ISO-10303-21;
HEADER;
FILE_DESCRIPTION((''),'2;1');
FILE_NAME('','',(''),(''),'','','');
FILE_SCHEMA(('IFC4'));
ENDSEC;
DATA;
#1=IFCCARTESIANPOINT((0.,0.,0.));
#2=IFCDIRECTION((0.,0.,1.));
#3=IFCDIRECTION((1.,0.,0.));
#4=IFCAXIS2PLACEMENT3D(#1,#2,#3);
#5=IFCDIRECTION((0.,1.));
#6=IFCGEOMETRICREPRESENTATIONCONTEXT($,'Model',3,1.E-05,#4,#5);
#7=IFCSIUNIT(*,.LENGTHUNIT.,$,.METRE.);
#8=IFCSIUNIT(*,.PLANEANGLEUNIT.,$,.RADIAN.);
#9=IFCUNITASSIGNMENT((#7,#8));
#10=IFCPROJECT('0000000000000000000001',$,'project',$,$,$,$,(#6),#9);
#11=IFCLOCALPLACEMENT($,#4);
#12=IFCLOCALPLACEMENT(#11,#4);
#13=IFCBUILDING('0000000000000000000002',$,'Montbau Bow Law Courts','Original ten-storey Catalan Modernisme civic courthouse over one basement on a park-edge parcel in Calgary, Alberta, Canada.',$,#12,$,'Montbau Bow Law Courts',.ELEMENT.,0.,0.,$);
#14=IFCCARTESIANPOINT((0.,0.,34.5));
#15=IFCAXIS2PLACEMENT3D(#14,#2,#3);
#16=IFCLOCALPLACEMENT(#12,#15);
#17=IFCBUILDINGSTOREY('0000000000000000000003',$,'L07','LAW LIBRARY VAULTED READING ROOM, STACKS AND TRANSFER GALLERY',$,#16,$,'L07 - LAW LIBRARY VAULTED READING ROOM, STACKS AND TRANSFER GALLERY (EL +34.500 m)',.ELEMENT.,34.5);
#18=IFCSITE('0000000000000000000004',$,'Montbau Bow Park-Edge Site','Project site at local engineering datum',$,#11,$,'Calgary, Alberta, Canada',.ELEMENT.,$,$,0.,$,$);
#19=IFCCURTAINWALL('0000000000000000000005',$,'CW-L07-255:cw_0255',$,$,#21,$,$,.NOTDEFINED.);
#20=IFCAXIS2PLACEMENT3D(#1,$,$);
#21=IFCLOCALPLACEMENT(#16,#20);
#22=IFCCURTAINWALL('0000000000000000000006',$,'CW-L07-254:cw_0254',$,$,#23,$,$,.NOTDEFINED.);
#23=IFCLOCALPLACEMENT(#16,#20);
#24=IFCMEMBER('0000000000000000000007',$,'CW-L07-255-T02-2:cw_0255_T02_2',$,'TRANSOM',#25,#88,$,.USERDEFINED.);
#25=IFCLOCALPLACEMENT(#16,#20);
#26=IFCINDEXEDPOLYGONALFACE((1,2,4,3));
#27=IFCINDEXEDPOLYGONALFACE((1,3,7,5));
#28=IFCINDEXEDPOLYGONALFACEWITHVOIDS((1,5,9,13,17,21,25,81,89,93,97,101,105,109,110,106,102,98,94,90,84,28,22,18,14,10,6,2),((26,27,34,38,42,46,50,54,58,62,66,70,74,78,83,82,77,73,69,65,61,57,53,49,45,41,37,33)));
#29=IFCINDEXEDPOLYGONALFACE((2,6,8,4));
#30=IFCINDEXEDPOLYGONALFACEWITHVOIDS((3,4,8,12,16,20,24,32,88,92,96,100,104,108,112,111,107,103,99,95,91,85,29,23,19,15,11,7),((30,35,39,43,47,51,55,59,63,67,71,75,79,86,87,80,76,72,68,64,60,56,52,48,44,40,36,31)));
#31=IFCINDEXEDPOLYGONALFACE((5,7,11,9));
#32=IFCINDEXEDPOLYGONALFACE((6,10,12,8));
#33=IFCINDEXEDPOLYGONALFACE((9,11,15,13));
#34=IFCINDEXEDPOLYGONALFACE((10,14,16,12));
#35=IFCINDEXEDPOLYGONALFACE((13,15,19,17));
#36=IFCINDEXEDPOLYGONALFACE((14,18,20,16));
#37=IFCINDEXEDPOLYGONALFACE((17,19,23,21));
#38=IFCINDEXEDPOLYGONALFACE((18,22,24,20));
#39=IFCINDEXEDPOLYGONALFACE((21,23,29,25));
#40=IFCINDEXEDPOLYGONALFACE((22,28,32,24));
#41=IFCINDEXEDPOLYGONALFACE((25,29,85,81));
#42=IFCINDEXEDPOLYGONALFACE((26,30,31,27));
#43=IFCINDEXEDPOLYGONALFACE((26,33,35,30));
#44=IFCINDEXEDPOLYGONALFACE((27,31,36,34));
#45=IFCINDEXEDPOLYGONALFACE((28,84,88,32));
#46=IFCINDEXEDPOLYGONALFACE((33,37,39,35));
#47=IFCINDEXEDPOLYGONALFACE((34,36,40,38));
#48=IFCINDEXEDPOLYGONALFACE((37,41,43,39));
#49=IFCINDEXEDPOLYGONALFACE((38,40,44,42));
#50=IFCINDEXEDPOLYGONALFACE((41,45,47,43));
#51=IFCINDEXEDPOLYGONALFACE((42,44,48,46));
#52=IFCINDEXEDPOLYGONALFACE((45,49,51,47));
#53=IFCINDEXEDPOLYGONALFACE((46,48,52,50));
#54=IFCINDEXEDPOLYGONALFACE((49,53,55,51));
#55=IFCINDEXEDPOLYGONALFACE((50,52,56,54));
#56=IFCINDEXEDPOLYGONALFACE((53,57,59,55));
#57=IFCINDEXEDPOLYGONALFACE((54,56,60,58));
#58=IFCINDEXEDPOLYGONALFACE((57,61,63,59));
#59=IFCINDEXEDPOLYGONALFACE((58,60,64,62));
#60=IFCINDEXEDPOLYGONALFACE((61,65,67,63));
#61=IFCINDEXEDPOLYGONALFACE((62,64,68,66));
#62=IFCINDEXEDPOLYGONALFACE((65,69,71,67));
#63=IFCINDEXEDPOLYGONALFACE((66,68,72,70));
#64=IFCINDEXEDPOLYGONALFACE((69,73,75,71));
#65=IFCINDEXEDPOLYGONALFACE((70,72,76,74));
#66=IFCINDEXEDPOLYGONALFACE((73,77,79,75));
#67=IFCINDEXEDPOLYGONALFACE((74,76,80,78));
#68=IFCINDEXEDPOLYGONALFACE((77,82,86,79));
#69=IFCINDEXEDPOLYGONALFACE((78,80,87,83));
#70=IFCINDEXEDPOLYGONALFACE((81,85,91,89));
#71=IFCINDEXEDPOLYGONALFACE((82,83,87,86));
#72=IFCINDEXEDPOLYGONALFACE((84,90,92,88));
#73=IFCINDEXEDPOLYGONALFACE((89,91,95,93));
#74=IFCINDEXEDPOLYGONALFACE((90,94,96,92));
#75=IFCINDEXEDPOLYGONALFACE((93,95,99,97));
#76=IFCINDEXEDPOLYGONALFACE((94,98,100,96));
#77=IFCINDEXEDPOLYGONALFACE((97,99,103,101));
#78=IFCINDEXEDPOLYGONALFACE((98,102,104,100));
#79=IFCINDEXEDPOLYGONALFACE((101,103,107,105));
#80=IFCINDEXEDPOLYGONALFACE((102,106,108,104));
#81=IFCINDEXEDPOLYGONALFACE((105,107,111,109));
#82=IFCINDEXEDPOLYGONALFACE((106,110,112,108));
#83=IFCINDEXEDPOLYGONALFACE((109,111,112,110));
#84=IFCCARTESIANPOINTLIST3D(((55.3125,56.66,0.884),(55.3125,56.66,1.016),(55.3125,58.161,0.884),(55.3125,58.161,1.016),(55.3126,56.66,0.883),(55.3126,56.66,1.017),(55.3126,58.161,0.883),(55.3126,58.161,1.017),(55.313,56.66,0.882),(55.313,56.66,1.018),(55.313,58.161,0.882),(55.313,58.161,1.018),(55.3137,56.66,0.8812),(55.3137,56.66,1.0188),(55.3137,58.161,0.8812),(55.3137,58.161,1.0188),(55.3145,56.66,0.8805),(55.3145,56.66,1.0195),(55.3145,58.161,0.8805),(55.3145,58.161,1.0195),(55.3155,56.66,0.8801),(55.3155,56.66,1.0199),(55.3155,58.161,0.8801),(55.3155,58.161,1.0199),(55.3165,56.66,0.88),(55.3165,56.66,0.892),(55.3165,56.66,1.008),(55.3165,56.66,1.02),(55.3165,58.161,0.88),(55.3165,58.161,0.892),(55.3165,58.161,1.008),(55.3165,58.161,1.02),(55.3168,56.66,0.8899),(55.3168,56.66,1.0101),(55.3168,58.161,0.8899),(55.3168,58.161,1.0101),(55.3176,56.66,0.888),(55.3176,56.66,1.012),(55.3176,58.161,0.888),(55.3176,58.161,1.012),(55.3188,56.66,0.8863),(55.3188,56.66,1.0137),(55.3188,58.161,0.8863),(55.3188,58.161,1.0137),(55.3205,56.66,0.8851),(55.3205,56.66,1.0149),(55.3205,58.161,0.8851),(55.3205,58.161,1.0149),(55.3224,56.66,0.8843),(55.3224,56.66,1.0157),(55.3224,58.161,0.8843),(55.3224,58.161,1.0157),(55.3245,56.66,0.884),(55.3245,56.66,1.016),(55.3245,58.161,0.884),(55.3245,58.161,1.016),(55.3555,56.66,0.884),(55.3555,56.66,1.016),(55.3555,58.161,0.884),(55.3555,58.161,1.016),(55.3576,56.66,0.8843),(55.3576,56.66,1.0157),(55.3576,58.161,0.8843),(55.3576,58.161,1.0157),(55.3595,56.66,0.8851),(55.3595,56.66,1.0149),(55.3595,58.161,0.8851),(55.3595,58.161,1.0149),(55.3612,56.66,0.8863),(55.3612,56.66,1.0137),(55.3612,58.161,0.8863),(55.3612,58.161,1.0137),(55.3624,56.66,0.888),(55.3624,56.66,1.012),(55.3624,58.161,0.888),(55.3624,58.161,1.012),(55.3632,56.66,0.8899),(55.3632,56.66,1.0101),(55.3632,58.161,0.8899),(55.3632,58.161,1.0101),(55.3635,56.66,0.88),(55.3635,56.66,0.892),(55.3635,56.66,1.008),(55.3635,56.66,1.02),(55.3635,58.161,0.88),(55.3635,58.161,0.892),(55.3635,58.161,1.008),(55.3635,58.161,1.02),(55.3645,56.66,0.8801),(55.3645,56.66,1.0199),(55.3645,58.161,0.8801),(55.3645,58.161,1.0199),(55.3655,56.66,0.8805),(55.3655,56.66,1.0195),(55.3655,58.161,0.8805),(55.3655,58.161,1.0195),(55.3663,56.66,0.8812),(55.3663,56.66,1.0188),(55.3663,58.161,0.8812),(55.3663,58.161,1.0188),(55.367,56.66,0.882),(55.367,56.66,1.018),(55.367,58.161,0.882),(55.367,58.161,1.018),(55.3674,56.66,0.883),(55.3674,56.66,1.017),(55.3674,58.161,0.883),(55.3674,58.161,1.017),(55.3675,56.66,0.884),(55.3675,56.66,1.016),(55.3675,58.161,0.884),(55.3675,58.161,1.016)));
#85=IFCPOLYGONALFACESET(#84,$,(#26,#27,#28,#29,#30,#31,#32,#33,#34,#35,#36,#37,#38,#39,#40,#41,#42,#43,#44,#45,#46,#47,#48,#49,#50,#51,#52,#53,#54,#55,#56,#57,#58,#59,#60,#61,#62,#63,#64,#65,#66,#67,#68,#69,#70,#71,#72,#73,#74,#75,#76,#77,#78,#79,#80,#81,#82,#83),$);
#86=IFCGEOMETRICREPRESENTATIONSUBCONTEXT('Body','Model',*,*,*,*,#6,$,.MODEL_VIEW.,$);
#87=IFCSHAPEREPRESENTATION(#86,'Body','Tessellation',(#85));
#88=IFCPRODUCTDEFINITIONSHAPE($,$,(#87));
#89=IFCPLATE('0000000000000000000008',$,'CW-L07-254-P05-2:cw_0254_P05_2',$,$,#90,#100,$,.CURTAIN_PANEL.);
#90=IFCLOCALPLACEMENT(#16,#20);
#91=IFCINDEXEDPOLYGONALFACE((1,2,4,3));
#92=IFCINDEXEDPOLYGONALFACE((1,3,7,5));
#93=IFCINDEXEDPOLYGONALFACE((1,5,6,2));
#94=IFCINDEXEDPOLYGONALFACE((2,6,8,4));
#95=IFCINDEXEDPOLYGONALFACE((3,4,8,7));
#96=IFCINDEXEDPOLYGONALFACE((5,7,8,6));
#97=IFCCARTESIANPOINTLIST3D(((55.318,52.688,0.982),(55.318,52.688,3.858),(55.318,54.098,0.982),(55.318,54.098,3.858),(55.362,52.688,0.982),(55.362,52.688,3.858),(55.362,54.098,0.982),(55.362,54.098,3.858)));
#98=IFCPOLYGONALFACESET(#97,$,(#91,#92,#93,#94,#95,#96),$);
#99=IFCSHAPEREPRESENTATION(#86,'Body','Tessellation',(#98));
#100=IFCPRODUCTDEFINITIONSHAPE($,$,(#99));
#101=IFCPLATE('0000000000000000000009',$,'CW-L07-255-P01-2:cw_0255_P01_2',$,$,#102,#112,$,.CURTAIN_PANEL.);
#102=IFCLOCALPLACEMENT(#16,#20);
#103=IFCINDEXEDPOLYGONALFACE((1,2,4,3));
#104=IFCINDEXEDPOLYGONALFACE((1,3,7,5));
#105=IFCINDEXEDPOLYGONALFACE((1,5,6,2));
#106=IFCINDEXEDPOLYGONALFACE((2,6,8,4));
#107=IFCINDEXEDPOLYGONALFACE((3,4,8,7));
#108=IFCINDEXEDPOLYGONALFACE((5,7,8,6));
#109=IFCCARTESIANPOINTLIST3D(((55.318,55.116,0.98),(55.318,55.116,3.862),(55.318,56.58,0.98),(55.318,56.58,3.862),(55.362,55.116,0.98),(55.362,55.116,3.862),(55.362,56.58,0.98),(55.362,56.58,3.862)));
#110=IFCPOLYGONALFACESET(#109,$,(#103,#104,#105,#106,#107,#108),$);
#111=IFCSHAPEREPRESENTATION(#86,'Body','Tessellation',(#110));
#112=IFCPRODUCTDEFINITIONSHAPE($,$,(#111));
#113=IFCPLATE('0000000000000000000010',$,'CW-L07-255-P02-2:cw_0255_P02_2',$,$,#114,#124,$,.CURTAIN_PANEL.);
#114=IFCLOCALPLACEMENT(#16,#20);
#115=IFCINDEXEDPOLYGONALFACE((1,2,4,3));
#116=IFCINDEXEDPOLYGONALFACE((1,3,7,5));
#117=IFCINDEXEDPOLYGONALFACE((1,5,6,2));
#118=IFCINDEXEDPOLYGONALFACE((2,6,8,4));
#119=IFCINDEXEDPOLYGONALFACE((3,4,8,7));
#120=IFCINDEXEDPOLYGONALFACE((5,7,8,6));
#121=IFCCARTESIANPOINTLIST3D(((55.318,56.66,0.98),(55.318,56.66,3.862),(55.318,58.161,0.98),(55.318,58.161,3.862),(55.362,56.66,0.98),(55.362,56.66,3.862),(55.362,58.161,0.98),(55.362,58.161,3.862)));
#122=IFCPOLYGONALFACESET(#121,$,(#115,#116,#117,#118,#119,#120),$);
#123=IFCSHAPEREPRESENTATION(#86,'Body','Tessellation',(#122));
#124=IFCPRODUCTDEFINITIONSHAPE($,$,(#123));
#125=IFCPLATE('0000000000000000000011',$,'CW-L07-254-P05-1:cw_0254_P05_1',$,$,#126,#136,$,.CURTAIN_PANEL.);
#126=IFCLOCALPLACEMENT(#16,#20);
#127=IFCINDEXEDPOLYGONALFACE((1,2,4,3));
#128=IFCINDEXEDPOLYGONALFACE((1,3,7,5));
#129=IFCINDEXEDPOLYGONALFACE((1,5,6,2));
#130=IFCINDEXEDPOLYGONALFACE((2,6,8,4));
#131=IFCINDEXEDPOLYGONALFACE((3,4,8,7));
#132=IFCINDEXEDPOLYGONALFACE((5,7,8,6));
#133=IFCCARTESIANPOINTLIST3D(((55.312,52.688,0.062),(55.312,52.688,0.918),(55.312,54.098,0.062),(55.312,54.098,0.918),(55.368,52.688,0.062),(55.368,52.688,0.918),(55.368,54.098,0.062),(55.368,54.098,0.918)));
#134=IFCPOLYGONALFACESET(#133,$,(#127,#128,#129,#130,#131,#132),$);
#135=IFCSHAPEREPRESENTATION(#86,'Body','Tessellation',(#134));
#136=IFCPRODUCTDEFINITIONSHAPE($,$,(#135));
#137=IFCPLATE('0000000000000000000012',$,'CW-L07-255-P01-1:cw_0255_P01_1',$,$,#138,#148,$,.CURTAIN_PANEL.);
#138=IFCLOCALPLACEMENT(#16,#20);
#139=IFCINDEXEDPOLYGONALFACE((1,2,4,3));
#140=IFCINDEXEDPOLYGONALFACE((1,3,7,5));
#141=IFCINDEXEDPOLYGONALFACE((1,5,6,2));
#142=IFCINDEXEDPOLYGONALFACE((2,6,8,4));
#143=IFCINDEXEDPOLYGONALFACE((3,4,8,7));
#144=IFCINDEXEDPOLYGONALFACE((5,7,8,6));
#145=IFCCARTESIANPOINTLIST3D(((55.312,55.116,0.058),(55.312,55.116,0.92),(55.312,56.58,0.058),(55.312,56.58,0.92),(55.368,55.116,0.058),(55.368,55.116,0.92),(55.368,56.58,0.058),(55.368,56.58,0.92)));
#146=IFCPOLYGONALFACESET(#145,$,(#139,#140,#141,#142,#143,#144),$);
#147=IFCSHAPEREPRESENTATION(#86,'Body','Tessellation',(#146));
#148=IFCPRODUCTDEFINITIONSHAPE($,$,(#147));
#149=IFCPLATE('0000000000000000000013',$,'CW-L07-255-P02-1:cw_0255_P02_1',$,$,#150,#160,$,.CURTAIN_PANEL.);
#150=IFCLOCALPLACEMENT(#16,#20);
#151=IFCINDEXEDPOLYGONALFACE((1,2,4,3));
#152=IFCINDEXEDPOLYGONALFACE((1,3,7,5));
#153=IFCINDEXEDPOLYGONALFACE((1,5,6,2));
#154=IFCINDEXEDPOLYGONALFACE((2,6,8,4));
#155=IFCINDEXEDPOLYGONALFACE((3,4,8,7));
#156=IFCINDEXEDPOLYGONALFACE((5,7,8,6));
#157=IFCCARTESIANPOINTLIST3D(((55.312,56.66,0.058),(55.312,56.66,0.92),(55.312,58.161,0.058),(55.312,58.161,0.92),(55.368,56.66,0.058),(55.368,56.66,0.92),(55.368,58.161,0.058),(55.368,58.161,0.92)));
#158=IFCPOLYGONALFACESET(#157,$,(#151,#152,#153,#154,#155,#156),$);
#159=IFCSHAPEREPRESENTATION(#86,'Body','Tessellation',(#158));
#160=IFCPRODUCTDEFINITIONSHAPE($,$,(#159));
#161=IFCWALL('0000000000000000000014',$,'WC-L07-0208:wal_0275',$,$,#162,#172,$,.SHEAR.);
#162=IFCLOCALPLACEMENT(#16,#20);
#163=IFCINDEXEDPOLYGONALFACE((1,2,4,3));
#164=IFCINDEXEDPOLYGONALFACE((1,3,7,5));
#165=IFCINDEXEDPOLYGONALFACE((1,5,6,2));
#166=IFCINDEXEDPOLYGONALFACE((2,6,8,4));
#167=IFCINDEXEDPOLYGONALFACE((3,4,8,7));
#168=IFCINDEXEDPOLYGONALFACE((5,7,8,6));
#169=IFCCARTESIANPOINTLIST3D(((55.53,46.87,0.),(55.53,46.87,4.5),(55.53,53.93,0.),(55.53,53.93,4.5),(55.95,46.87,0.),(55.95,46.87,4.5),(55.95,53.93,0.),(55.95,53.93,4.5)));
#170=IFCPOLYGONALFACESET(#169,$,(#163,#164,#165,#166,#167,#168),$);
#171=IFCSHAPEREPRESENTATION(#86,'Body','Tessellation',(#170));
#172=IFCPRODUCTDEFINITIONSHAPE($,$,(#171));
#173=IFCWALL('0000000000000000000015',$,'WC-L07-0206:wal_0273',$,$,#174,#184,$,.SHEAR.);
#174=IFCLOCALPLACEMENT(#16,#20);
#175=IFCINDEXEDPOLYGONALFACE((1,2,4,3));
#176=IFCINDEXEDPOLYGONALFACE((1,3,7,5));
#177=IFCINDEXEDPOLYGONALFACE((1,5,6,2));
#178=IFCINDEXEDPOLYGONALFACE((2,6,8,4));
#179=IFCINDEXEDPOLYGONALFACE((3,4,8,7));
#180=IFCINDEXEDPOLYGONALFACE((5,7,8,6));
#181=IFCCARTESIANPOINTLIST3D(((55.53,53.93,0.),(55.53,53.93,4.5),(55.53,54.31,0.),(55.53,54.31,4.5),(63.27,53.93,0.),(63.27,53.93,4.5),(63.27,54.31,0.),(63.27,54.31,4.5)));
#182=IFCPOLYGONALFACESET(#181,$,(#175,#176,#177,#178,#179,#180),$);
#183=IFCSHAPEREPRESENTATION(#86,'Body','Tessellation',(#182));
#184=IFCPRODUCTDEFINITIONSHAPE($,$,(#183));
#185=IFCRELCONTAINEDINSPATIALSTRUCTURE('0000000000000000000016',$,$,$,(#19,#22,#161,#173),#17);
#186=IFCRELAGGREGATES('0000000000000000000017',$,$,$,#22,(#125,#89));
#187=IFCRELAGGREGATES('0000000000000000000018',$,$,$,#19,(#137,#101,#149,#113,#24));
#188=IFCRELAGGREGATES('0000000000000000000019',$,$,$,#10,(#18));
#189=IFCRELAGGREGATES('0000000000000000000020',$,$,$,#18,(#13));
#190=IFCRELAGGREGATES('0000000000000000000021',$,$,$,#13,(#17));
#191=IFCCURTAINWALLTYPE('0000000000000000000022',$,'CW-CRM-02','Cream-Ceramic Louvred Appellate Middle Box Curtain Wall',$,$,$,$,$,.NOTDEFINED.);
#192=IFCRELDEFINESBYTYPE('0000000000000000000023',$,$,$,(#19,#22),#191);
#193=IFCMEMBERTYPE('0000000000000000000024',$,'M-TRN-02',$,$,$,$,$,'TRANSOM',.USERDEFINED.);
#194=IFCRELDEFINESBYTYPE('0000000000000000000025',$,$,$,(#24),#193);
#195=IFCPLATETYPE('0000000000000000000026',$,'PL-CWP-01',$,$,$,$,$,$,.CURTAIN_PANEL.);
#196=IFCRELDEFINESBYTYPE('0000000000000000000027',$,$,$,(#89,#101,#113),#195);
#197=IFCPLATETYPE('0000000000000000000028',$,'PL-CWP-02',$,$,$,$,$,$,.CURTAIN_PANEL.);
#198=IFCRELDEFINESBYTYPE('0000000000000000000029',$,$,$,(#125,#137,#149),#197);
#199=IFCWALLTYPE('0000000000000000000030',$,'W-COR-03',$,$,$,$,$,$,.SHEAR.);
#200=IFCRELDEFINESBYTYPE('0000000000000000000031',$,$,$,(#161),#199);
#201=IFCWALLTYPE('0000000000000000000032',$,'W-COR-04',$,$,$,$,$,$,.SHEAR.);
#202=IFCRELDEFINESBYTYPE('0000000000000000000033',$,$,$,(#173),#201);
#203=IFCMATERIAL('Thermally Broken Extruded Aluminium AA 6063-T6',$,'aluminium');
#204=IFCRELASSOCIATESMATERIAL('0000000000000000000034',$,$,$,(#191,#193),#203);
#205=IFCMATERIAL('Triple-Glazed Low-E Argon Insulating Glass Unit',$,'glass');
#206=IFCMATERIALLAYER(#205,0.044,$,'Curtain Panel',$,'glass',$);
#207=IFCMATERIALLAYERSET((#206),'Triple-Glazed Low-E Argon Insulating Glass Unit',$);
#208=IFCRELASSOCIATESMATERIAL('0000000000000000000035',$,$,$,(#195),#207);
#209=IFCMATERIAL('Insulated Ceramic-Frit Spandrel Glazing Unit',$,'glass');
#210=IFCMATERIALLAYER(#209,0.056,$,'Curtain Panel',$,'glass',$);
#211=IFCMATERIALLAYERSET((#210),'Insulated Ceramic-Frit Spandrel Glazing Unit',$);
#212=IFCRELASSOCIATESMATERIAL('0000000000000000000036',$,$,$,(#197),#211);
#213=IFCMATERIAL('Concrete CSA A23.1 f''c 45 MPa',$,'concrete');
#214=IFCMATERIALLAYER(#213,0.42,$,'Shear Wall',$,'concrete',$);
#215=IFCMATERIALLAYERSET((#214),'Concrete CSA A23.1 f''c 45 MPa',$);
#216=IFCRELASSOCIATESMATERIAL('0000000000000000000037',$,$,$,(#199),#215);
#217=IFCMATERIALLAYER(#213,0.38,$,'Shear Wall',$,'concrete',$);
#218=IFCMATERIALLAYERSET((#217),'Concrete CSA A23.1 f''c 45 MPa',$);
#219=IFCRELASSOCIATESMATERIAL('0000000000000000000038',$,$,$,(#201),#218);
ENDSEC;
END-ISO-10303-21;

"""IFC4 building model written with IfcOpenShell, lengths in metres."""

from ifc_helpers import new_model, si_unit, direction, frame, frame_2d, origin_with_axes, origin_2d_with_axis, place, context, subcontext, project, spatial, rectangle, hollow_rectangle, extrude, material, layer, layer_set, material_profile, profile_set, type_object, element, aggregate, save


model = new_model("IFC4")

# Units and contexts
model_context = context("Model", 3, precision=1e-05, world=origin_with_axes(), true_north=direction((0.0, 1.0)))
body_context = subcontext(model_context, "Body", "Model", "MODEL_VIEW")
ifc_project = project(units=[si_unit("LENGTHUNIT", "METRE"), si_unit("PLANEANGLEUNIT", "RADIAN")], contexts=[model_context])

# Site, building, storey
site_placement = place(None, origin_with_axes())
site = spatial("IfcSite", under=ifc_project, at=site_placement, Name="Montbau Bow Park-Edge Site", Description="Project site at local engineering datum", LongName="Calgary, Alberta, Canada", CompositionType="ELEMENT", RefElevation=0.0)
building_placement = place(site_placement, origin_with_axes())
building = spatial("IfcBuilding", under=site, at=building_placement, Name="Montbau Bow Law Courts", Description="Original ten-storey Catalan Modernisme civic courthouse over one basement on a park-edge parcel in Calgary, Alberta, Canada.", LongName="Montbau Bow Law Courts", CompositionType="ELEMENT", ElevationOfRefHeight=0.0, ElevationOfTerrain=0.0)
storey_placement = place(building_placement, frame((0.0, 0.0, 34.5), z_axis=(0.0, 0.0, 1.0), x_axis=(1.0, 0.0, 0.0)))
storey = spatial("IfcBuildingStorey", under=building, at=storey_placement, Name="L07", Description="LAW LIBRARY VAULTED READING ROOM, STACKS AND TRANSFER GALLERY", LongName="L07 - LAW LIBRARY VAULTED READING ROOM, STACKS AND TRANSFER GALLERY (EL +34.500 m)", CompositionType="ELEMENT", Elevation=34.5)

# Curtain walls
ifc_material_1 = material(Name="Thermally Broken Extruded Aluminium AA 6063-T6", Category="aluminium")
curtain_wall_type = type_object("IfcCurtainWallType", Name="CW-CRM-02", Description="Cream-Ceramic Louvred Appellate Middle Box Curtain Wall", PredefinedType="NOTDEFINED", material=ifc_material_1)
curtain_wall_1_placement = place(None, frame((55.34, 55.04, 34.5), z_axis=(0.0, 0.0, 1.0), x_axis=(1.0, 0.0, 0.0)))
curtain_wall_1 = element("IfcCurtainWall", 1, at=curtain_wall_1_placement, inside=storey, type_object=curtain_wall_type, Name="CW-L07-255:cw_0255", PredefinedType="NOTDEFINED")
curtain_wall_2_placement = place(None, frame((55.34, 46.64, 34.5), z_axis=(0.0, 0.0, 1.0), x_axis=(1.0, 0.0, 0.0)))
curtain_wall_2 = element("IfcCurtainWall", 2, at=curtain_wall_2_placement, inside=storey, type_object=curtain_wall_type, Name="CW-L07-254:cw_0254", PredefinedType="NOTDEFINED")

# Member
ifc_material_profile_1 = material_profile(ifc_material_1, hollow_rectangle(XDim=0.055, YDim=0.14, WallThickness=0.004, InnerFilletRadius=0.008, OuterFilletRadius=0.004, at=origin_2d_with_axis()), Name="CWT-140X55", Category="Main", Priority=0)
ifc_profile_set_1 = profile_set([ifc_material_profile_1], Name="Thermally Broken Extruded Aluminium AA 6063-T6")
member_type_1 = type_object("IfcMemberType", Name="M-TRN-02", ElementType="TRANSOM", PredefinedType="USERDEFINED", material=ifc_profile_set_1)
member_1_placement = place(None, frame((55.34, 56.66, 35.45), z_axis=(0.0, 1.0, 0.0), x_axis=(-1.0, 0.0, 0.0)))
member_1 = element("IfcMember", 3, at=member_1_placement, type_object=member_type_1, Name="CW-L07-255-T02-2:cw_0255_T02_2", ObjectType="TRANSOM", PredefinedType="USERDEFINED", context=body_context, shape_type="SweptSolid", body=[
    extrude(hollow_rectangle(XDim=0.055, YDim=0.14, WallThickness=0.004, InnerFilletRadius=0.008, OuterFilletRadius=0.004, at=origin_2d_with_axis()), origin_with_axes(), (0.0, 0.0, 1.0), 1.501),
])

# Plates
ifc_material_2 = material(Name="Triple-Glazed Low-E Argon Insulating Glass Unit", Category="glass")
ifc_layer_1 = layer(ifc_material_2, 0.044, Name="Curtain Panel", Category="glass")
ifc_layer_set_1 = layer_set([ifc_layer_1], Name="Triple-Glazed Low-E Argon Insulating Glass Unit")
plate_type_1 = type_object("IfcPlateType", Name="PL-CWP-01", PredefinedType="CURTAIN_PANEL", material=ifc_layer_set_1)
plate_1_placement = place(None, frame((55.34, 52.688, 35.482), z_axis=(1.0, 0.0, 0.0), x_axis=(0.0, 1.0, 0.0)))
plate_1 = element("IfcPlate", 4, at=plate_1_placement, type_object=plate_type_1, Name="CW-L07-254-P05-2:cw_0254_P05_2", PredefinedType="CURTAIN_PANEL", context=body_context, shape_type="SweptSolid", body=[
    extrude(rectangle(XDim=1.41, YDim=2.876, at=frame_2d((0.705, 1.438), x_axis=(1.0, 0.0))), frame((0.0, 0.0, -0.022), z_axis=(0.0, 0.0, 1.0), x_axis=(1.0, 0.0, 0.0)), (0.0, 0.0, 1.0), 0.044),
])
plate_2_placement = place(None, frame((55.34, 55.116, 35.48), z_axis=(1.0, 0.0, 0.0), x_axis=(0.0, 1.0, 0.0)))
plate_2 = element("IfcPlate", 5, at=plate_2_placement, type_object=plate_type_1, Name="CW-L07-255-P01-2:cw_0255_P01_2", PredefinedType="CURTAIN_PANEL", context=body_context, shape_type="SweptSolid", body=[
    extrude(rectangle(XDim=1.464, YDim=2.882, at=frame_2d((0.732, 1.441), x_axis=(1.0, 0.0))), frame((0.0, 0.0, -0.022), z_axis=(0.0, 0.0, 1.0), x_axis=(1.0, 0.0, 0.0)), (0.0, 0.0, 1.0), 0.044),
])
plate_3_placement = place(None, frame((55.34, 56.66, 35.48), z_axis=(1.0, 0.0, 0.0), x_axis=(0.0, 1.0, 0.0)))
plate_3 = element("IfcPlate", 6, at=plate_3_placement, type_object=plate_type_1, Name="CW-L07-255-P02-2:cw_0255_P02_2", PredefinedType="CURTAIN_PANEL", context=body_context, shape_type="SweptSolid", body=[
    extrude(rectangle(XDim=1.501, YDim=2.882, at=frame_2d((0.7505, 1.441), x_axis=(1.0, 0.0))), frame((0.0, 0.0, -0.022), z_axis=(0.0, 0.0, 1.0), x_axis=(1.0, 0.0, 0.0)), (0.0, 0.0, 1.0), 0.044),
])
ifc_material_3 = material(Name="Insulated Ceramic-Frit Spandrel Glazing Unit", Category="glass")
ifc_layer_2 = layer(ifc_material_3, 0.056, Name="Curtain Panel", Category="glass")
ifc_layer_set_2 = layer_set([ifc_layer_2], Name="Insulated Ceramic-Frit Spandrel Glazing Unit")
plate_type_2 = type_object("IfcPlateType", Name="PL-CWP-02", PredefinedType="CURTAIN_PANEL", material=ifc_layer_set_2)
plate_4_placement = place(None, frame((55.34, 52.688, 34.562), z_axis=(1.0, 0.0, 0.0), x_axis=(0.0, 1.0, 0.0)))
plate_4 = element("IfcPlate", 7, at=plate_4_placement, type_object=plate_type_2, Name="CW-L07-254-P05-1:cw_0254_P05_1", PredefinedType="CURTAIN_PANEL", context=body_context, shape_type="SweptSolid", body=[
    extrude(rectangle(XDim=1.41, YDim=0.856, at=frame_2d((0.705, 0.428), x_axis=(1.0, 0.0))), frame((0.0, 0.0, -0.028), z_axis=(0.0, 0.0, 1.0), x_axis=(1.0, 0.0, 0.0)), (0.0, 0.0, 1.0), 0.056),
])
aggregate(curtain_wall_2, [plate_4, plate_1])
plate_5_placement = place(None, frame((55.34, 55.116, 34.558), z_axis=(1.0, 0.0, 0.0), x_axis=(0.0, 1.0, 0.0)))
plate_5 = element("IfcPlate", 8, at=plate_5_placement, type_object=plate_type_2, Name="CW-L07-255-P01-1:cw_0255_P01_1", PredefinedType="CURTAIN_PANEL", context=body_context, shape_type="SweptSolid", body=[
    extrude(rectangle(XDim=1.464, YDim=0.862, at=frame_2d((0.732, 0.431), x_axis=(1.0, 0.0))), frame((0.0, 0.0, -0.028), z_axis=(0.0, 0.0, 1.0), x_axis=(1.0, 0.0, 0.0)), (0.0, 0.0, 1.0), 0.056),
])
plate_6_placement = place(None, frame((55.34, 56.66, 34.558), z_axis=(1.0, 0.0, 0.0), x_axis=(0.0, 1.0, 0.0)))
plate_6 = element("IfcPlate", 9, at=plate_6_placement, type_object=plate_type_2, Name="CW-L07-255-P02-1:cw_0255_P02_1", PredefinedType="CURTAIN_PANEL", context=body_context, shape_type="SweptSolid", body=[
    extrude(rectangle(XDim=1.501, YDim=0.862, at=frame_2d((0.7505, 0.431), x_axis=(1.0, 0.0))), frame((0.0, 0.0, -0.028), z_axis=(0.0, 0.0, 1.0), x_axis=(1.0, 0.0, 0.0)), (0.0, 0.0, 1.0), 0.056),
])
aggregate(curtain_wall_1, [plate_5, plate_2, plate_6, plate_3, member_1])

# Walls
ifc_material_4 = material(Name="Concrete CSA A23.1 f'c 45 MPa", Category="concrete")
ifc_layer_3 = layer(ifc_material_4, 0.42, Name="Shear Wall", Category="concrete")
ifc_layer_set_3 = layer_set([ifc_layer_3], Name="Concrete CSA A23.1 f'c 45 MPa")
wall_type_1 = type_object("IfcWallType", Name="W-COR-03", PredefinedType="SHEAR", material=ifc_layer_set_3)
wall_1_placement = place(None, frame((55.74, 53.93, 34.5), z_axis=(0.0, 0.0, 1.0), x_axis=(0.0, -1.0, 0.0)))
element("IfcWall", 10, at=wall_1_placement, inside=storey, type_object=wall_type_1, Name="WC-L07-0208:wal_0275", PredefinedType="SHEAR", context=body_context, shape_type="SweptSolid", body=[
    extrude(rectangle(XDim=7.06, YDim=0.42, at=frame_2d((3.53, 0.0), x_axis=(1.0, 0.0))), origin_with_axes(), (0.0, 0.0, 1.0), 4.5),
])
ifc_layer_4 = layer(ifc_material_4, 0.38, Name="Shear Wall", Category="concrete")
ifc_layer_set_4 = layer_set([ifc_layer_4], Name="Concrete CSA A23.1 f'c 45 MPa")
wall_type_2 = type_object("IfcWallType", Name="W-COR-04", PredefinedType="SHEAR", material=ifc_layer_set_4)
wall_2_placement = place(None, frame((63.27, 54.12, 34.5), z_axis=(0.0, 0.0, 1.0), x_axis=(-1.0, 0.0, 0.0)))
element("IfcWall", 11, at=wall_2_placement, inside=storey, type_object=wall_type_2, Name="WC-L07-0206:wal_0273", PredefinedType="SHEAR", context=body_context, shape_type="SweptSolid", body=[
    extrude(rectangle(XDim=7.74, YDim=0.38, at=frame_2d((3.87, 0.0), x_axis=(1.0, 0.0))), origin_with_axes(), (0.0, 0.0, 1.0), 4.5),
])

save(model, "model.ifc")
